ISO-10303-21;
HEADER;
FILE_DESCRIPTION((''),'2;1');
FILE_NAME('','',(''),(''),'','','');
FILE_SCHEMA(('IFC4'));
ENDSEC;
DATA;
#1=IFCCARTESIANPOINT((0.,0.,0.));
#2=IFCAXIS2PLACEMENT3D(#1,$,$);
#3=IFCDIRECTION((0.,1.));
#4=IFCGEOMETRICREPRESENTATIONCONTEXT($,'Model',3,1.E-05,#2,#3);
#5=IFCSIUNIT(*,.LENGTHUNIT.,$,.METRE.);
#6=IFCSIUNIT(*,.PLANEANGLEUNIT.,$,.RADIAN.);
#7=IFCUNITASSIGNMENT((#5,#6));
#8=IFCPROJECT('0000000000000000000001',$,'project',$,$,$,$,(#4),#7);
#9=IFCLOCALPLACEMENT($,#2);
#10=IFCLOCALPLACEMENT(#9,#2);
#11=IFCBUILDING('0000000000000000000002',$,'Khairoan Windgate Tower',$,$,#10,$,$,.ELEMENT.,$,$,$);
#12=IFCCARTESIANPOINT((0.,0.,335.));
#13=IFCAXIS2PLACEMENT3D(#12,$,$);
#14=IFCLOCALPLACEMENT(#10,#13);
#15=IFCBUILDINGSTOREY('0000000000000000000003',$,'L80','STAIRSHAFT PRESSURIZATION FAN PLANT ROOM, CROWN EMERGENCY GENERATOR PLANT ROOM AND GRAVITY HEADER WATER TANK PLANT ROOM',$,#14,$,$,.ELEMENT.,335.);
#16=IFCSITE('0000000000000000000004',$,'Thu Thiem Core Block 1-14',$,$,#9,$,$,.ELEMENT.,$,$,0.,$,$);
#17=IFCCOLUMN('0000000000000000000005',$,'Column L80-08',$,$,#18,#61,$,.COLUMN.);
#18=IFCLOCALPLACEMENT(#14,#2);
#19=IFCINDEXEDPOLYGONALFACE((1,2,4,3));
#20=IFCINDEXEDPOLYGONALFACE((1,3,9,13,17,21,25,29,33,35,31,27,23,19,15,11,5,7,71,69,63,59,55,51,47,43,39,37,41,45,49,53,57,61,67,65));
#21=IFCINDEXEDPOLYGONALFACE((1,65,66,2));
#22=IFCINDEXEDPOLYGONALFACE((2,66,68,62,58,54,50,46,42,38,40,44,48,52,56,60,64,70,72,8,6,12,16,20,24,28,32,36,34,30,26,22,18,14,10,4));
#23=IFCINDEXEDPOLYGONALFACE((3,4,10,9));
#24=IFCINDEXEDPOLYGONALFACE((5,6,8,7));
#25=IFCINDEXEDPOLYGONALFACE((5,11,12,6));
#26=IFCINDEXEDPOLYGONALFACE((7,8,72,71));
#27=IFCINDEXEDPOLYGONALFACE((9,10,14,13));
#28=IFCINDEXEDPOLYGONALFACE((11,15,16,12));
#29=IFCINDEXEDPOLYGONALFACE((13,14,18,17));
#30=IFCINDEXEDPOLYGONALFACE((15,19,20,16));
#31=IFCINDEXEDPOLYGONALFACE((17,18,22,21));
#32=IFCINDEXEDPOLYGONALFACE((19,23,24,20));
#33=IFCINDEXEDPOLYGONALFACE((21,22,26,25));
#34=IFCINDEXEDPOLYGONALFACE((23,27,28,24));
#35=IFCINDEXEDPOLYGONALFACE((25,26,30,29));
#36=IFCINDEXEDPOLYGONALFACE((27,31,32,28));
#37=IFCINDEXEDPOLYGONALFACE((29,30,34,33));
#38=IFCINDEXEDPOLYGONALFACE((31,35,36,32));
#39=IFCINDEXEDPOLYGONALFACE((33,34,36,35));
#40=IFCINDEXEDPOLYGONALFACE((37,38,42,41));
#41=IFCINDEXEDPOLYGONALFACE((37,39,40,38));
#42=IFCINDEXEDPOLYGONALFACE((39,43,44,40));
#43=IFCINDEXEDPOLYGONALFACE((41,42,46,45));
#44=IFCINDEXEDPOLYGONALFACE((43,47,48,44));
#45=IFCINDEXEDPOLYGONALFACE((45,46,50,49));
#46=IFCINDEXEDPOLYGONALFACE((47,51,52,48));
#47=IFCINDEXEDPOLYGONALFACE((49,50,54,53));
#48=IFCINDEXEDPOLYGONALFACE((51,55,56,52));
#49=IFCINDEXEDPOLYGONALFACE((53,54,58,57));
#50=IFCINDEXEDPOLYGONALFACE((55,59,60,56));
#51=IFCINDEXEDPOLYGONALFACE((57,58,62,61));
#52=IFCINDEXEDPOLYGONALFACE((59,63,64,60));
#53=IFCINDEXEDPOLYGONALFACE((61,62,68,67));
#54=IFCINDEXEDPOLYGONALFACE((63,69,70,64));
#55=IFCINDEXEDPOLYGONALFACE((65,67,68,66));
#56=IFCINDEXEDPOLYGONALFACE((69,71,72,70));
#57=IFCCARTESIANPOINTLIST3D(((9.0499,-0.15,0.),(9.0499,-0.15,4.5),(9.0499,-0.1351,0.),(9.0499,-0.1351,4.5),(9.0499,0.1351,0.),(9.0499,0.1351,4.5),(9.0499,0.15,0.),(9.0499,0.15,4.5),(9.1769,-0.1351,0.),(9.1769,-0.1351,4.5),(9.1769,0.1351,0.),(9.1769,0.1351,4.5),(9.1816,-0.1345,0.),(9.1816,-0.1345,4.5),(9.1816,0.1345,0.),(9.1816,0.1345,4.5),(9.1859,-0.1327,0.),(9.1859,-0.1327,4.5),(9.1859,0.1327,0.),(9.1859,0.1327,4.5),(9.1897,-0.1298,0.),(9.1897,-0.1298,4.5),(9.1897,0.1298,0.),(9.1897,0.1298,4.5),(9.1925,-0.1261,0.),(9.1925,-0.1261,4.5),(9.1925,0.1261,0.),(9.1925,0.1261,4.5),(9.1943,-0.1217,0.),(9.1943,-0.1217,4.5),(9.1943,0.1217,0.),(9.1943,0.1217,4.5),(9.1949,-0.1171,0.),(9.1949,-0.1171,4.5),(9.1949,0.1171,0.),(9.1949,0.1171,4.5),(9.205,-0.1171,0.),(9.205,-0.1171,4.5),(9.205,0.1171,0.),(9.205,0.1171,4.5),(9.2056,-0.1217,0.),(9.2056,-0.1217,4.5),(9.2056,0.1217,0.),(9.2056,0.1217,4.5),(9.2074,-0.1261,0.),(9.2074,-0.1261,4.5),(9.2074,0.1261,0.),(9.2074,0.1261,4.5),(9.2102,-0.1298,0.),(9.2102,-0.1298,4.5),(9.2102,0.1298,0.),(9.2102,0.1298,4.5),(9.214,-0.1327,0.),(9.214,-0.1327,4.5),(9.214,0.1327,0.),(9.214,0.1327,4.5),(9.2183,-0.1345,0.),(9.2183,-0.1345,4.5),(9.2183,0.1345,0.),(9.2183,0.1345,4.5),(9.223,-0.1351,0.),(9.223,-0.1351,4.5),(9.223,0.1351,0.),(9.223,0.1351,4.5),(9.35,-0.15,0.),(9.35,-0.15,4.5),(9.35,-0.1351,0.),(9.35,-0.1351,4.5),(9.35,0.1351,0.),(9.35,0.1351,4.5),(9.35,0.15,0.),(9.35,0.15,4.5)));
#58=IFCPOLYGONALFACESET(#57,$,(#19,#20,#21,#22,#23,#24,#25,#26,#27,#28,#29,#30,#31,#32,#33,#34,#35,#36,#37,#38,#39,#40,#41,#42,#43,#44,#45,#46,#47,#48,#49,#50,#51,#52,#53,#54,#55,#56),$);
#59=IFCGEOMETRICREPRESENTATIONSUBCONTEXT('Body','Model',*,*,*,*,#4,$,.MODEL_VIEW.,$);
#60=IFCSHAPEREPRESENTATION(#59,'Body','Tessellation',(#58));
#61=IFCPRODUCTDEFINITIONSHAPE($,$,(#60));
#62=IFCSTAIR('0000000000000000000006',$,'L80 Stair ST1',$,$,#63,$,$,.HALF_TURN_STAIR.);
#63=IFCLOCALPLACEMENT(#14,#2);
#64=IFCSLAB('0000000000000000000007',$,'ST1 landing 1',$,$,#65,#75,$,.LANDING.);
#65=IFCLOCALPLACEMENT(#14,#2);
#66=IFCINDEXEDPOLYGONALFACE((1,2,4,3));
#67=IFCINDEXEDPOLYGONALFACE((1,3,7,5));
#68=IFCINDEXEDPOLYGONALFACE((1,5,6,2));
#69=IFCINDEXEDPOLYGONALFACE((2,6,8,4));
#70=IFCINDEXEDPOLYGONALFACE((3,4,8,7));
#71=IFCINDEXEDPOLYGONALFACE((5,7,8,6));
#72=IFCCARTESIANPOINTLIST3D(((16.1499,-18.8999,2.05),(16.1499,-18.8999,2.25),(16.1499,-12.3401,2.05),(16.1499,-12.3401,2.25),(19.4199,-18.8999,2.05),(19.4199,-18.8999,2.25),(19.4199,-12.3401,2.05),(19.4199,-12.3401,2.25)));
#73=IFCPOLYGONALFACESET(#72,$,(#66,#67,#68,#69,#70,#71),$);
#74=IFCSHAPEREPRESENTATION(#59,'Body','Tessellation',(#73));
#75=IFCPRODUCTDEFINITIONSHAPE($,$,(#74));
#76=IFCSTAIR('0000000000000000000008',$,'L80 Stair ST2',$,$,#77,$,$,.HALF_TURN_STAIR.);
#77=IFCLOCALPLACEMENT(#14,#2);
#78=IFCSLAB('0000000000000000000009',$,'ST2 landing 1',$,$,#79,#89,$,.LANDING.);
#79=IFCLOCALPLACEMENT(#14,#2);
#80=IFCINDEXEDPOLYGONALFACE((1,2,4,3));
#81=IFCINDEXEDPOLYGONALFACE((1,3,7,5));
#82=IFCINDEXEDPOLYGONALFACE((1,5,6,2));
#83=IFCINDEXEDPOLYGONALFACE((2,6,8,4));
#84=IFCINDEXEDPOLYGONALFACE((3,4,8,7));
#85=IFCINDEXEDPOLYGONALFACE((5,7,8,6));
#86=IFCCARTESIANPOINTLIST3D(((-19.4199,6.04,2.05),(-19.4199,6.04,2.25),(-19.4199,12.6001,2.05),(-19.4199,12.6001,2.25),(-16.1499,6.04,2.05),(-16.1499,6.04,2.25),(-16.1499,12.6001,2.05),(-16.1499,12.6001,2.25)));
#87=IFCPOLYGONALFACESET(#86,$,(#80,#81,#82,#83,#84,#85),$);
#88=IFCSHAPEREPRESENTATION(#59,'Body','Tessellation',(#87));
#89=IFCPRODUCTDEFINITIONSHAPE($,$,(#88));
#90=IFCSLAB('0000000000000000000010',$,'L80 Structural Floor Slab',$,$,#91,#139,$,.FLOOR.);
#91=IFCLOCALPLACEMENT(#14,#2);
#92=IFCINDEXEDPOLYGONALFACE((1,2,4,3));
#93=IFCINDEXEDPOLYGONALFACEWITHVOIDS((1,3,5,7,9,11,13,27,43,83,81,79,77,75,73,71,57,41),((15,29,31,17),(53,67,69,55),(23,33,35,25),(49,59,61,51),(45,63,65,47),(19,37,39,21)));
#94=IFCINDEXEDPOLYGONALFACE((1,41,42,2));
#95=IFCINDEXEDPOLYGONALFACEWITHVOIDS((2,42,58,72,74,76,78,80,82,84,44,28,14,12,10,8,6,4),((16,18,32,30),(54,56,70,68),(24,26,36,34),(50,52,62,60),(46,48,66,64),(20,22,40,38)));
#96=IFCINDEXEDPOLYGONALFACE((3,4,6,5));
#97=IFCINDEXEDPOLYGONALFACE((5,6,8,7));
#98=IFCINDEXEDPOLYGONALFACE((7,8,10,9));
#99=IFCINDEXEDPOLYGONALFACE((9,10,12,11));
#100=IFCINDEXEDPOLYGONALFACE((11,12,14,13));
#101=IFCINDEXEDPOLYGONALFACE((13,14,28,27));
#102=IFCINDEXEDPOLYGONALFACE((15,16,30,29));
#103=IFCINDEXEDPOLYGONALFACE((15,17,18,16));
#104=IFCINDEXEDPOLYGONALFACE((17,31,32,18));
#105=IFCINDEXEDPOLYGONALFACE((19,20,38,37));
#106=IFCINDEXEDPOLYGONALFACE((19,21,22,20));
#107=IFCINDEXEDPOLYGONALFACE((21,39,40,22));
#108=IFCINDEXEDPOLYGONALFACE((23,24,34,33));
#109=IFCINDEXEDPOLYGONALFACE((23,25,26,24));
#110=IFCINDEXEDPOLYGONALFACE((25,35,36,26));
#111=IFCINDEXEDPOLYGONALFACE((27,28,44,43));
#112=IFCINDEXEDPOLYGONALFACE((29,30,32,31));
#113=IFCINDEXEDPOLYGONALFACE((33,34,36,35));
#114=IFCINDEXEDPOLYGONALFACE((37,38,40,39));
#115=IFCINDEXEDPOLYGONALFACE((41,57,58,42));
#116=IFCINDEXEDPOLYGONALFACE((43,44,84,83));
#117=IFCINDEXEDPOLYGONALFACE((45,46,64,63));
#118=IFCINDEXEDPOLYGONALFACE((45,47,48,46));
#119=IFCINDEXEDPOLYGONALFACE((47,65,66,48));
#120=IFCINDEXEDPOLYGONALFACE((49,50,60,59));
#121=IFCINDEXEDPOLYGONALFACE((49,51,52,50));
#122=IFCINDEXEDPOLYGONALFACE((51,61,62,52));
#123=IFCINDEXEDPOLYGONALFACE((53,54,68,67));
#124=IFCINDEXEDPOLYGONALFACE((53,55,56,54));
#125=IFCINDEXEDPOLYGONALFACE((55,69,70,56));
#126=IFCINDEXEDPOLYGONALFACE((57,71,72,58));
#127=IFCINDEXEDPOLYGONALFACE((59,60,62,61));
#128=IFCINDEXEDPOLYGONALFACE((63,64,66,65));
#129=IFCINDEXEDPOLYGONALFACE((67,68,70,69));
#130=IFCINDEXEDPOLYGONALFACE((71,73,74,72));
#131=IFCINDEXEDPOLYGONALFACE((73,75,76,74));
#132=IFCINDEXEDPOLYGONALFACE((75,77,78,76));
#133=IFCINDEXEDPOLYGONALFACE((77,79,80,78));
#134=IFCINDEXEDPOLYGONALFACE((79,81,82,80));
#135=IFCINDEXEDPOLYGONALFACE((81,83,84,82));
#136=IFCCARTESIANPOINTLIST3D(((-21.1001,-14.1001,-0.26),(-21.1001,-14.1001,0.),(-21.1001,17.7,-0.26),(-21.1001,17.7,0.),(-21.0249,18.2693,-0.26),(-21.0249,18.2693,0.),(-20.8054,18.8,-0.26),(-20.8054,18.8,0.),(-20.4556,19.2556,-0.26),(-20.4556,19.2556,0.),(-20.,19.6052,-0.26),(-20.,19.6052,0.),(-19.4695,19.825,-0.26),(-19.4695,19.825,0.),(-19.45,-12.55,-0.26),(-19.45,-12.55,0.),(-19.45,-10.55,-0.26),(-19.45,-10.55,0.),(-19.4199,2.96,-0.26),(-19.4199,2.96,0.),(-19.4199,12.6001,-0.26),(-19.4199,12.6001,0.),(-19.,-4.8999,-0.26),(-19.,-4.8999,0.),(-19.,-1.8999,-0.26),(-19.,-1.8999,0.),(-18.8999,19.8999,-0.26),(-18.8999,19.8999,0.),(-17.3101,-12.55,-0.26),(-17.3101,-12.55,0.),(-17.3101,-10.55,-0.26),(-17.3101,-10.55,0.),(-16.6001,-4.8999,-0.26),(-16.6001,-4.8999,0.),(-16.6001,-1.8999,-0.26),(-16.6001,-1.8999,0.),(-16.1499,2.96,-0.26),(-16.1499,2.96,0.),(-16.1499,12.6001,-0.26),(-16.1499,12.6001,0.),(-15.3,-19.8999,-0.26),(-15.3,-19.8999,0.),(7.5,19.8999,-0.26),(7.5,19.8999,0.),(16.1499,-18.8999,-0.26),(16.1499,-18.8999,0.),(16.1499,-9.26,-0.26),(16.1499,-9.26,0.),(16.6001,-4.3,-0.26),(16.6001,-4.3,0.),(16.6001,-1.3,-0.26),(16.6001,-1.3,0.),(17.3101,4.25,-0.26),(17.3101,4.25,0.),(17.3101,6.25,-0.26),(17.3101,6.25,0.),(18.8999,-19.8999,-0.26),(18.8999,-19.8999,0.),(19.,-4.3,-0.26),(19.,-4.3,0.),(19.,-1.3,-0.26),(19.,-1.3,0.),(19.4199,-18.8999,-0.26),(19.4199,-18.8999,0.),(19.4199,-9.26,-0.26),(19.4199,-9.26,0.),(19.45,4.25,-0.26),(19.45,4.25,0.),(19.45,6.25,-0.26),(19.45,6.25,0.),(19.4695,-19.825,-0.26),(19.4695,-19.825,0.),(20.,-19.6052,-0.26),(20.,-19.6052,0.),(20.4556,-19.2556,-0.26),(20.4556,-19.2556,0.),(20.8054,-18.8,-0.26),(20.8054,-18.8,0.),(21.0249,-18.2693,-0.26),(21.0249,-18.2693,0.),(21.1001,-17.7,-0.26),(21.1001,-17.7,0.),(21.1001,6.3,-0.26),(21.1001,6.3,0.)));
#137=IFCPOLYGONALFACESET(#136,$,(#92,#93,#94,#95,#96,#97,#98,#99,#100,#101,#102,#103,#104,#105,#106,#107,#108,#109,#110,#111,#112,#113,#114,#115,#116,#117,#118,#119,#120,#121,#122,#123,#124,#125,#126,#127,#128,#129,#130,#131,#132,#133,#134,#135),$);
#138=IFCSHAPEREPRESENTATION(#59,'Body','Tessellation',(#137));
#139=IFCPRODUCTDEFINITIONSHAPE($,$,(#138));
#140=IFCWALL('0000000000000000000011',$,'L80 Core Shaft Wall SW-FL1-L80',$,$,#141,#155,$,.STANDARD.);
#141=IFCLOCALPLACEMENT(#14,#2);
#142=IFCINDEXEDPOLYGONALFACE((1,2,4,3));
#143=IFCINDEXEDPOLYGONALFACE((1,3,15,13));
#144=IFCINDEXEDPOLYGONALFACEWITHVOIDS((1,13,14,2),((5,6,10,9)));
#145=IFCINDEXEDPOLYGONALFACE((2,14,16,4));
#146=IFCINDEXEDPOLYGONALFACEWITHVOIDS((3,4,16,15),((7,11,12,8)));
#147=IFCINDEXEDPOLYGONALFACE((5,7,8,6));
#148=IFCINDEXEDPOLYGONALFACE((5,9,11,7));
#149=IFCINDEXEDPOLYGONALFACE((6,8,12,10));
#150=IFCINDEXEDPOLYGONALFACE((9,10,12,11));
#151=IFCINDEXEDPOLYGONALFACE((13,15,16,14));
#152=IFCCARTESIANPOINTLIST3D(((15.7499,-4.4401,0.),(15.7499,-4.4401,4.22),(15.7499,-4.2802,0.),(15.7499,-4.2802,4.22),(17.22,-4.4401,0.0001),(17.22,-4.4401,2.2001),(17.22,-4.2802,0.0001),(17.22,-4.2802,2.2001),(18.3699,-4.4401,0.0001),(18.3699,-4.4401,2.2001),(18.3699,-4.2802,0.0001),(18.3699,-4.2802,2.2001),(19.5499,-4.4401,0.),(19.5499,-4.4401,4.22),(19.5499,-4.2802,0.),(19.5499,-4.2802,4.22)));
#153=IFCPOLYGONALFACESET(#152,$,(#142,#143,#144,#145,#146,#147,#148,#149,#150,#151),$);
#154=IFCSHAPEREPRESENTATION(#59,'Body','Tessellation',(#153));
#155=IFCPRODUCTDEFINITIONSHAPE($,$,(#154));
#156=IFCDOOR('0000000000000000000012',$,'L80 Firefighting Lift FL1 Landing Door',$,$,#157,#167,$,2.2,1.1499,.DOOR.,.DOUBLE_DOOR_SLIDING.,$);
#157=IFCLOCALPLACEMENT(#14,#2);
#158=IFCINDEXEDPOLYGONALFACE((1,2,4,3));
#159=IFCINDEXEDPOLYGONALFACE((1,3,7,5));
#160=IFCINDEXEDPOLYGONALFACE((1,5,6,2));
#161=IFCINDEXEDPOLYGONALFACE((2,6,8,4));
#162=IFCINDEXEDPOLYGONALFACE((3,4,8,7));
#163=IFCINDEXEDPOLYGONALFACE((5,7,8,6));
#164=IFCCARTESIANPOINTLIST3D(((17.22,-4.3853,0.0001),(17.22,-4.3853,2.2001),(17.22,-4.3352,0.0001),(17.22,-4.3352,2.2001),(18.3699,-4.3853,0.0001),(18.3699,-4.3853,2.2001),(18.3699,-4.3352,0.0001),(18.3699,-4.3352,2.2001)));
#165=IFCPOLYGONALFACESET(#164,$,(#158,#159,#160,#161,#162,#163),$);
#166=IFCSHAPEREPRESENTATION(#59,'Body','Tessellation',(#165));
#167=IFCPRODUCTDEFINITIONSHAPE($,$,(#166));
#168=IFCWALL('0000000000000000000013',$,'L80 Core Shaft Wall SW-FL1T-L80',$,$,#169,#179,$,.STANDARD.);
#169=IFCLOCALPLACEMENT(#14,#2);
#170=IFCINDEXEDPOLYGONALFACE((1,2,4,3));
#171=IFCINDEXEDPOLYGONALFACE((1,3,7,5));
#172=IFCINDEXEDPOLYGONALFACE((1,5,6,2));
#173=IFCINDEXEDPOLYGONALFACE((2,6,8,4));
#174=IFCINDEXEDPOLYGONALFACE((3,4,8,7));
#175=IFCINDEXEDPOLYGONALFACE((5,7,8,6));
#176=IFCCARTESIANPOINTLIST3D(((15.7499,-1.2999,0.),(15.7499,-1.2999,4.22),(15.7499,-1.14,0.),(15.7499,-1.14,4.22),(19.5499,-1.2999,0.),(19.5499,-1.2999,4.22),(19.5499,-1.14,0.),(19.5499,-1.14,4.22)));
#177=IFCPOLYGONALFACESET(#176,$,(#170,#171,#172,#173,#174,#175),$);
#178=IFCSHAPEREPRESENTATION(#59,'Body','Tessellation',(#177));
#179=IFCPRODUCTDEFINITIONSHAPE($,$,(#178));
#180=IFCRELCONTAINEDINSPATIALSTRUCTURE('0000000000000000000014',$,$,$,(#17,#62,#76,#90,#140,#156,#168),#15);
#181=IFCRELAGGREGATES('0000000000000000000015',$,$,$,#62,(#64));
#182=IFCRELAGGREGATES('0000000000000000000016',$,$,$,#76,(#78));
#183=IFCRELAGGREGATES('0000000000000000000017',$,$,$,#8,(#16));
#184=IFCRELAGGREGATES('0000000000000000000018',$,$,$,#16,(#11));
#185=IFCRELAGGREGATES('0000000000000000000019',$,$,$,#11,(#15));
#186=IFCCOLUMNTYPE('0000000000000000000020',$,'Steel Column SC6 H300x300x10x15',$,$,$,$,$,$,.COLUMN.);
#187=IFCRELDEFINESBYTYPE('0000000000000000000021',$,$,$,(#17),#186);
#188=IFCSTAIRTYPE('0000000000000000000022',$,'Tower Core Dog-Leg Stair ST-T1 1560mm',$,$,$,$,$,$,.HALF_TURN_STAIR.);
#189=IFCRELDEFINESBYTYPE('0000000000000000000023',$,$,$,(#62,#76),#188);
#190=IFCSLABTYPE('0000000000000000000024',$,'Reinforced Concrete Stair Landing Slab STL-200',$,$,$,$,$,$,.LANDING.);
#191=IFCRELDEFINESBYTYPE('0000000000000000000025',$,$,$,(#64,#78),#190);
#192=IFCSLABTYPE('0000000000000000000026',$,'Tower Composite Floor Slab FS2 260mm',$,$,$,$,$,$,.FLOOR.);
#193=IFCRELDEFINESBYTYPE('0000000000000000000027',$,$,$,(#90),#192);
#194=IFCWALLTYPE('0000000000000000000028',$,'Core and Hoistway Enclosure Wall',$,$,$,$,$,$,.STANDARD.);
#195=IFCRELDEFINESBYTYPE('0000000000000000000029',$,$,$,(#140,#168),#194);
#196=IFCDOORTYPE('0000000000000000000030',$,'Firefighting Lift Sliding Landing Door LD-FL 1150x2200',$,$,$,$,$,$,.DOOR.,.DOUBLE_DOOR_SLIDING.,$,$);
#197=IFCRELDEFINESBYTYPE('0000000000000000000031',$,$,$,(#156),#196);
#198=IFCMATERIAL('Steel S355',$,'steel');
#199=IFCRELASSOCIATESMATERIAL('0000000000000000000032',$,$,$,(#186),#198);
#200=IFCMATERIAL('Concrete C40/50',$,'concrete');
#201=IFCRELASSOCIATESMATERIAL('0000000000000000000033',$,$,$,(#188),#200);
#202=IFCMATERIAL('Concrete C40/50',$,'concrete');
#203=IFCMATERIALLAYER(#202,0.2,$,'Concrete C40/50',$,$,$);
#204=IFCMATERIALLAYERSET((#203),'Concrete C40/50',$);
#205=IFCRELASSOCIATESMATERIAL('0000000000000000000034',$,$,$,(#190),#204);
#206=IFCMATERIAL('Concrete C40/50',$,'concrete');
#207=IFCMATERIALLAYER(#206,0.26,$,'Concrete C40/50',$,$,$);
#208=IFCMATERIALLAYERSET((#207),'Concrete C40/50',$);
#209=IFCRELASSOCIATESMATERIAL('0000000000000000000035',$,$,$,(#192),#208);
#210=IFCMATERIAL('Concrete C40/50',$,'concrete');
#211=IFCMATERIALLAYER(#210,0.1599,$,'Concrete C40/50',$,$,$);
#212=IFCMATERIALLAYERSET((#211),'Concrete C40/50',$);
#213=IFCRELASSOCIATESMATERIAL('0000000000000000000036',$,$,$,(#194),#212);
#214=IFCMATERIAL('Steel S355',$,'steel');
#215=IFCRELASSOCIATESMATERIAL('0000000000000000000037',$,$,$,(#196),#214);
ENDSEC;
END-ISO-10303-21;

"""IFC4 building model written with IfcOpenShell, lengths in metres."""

from ifc_helpers import new_model, si_unit, direction, frame, frame_2d, origin, origin_2d, place, context, subcontext, project, spatial, polyline, rectangle, i_section, outline, extrude, material, layer, layer_set, material_profile, profile_set, type_object, element, fill, aggregate, save


model = new_model("IFC4")

# Units and contexts
model_context = context("Model", 3, precision=1e-05, world=origin(), true_north=direction((0.0, 1.0)))
body_context = subcontext(model_context, "Body", "Model", "MODEL_VIEW")
ifc_project = project(units=[si_unit("LENGTHUNIT", "METRE"), si_unit("PLANEANGLEUNIT", "RADIAN")], contexts=[model_context])

# Site, building, storey
site_placement = place(None, origin())
site = spatial("IfcSite", under=ifc_project, at=site_placement, Name="Thu Thiem Core Block 1-14", CompositionType="ELEMENT", RefElevation=0.0)
building_placement = place(site_placement, origin())
building = spatial("IfcBuilding", under=site, at=building_placement, Name="Khairoan Windgate Tower", CompositionType="ELEMENT")
storey_placement = place(building_placement, frame((0.0, 0.0, 335.0)))
storey = spatial("IfcBuildingStorey", under=building, at=storey_placement, Name="L80", Description="STAIRSHAFT PRESSURIZATION FAN PLANT ROOM, CROWN EMERGENCY GENERATOR PLANT ROOM AND GRAVITY HEADER WATER TANK PLANT ROOM", CompositionType="ELEMENT", Elevation=335.0)

# Column
ifc_material_1 = material(Name="Steel S355", Category="steel")
ifc_material_profile = material_profile(ifc_material_1, i_section(OverallWidth=0.3, OverallDepth=0.3, WebThickness=0.01, FlangeThickness=0.0149, FilletRadius=0.0181, at=origin_2d()))
ifc_profile_set = profile_set([ifc_material_profile], Name="Steel S355")
column_type = type_object("IfcColumnType", Name="Steel Column SC6 H300x300x10x15", PredefinedType="COLUMN", material=ifc_profile_set)
column_placement = place(storey_placement, frame((9.2, 0.0, 0.0), z_axis=(0.0, 0.0, 1.0), x_axis=(1.0, 0.0, 0.0)))
element("IfcColumn", 1, at=column_placement, inside=storey, type_object=column_type, Name="Column L80-08", PredefinedType="COLUMN", context=body_context, shape_type="SweptSolid", body=[
    extrude(i_section(OverallWidth=0.3, OverallDepth=0.3, WebThickness=0.01, FlangeThickness=0.0149, FilletRadius=0.0181, at=origin_2d()), origin(), (0.0, 0.0, 1.0), 4.5),
])

# Stairs, slabs
ifc_material_2 = material(Name="Concrete C40/50", Category="concrete")
stair_type = type_object("IfcStairType", Name="Tower Core Dog-Leg Stair ST-T1 1560mm", PredefinedType="HALF_TURN_STAIR", material=ifc_material_2)
stair_1_placement = place(storey_placement, origin())
stair_1 = element("IfcStair", 2, at=stair_1_placement, inside=storey, type_object=stair_type, Name="L80 Stair ST1", PredefinedType="HALF_TURN_STAIR")
ifc_material_3 = material(Name="Concrete C40/50", Category="concrete")
ifc_layer_1 = layer(ifc_material_3, 0.2, Name="Concrete C40/50")
ifc_layer_set_1 = layer_set([ifc_layer_1], Name="Concrete C40/50")
slab_type_1 = type_object("IfcSlabType", Name="Reinforced Concrete Stair Landing Slab STL-200", PredefinedType="LANDING", material=ifc_layer_set_1)
slab_1_placement = place(storey_placement, frame((0.0, 0.0, 2.05)))
slab_1 = element("IfcSlab", 3, at=slab_1_placement, type_object=slab_type_1, Name="ST1 landing 1", PredefinedType="LANDING", context=body_context, shape_type="SweptSolid", body=[
    extrude(outline(polyline([(16.1499, -12.3401), (16.1499, -18.8999), (19.4199, -18.8999), (19.4199, -12.3401), (16.1499, -12.3401)])), origin(), (0.0, 0.0, 1.0), 0.2),
])
aggregate(stair_1, [slab_1])
stair_2_placement = place(storey_placement, origin())
stair_2 = element("IfcStair", 4, at=stair_2_placement, inside=storey, type_object=stair_type, Name="L80 Stair ST2", PredefinedType="HALF_TURN_STAIR")
slab_2_placement = place(storey_placement, frame((0.0, 0.0, 2.05)))
slab_2 = element("IfcSlab", 5, at=slab_2_placement, type_object=slab_type_1, Name="ST2 landing 1", PredefinedType="LANDING", context=body_context, shape_type="SweptSolid", body=[
    extrude(outline(polyline([(-16.1499, 6.04), (-16.1499, 12.6001), (-19.4199, 12.6001), (-19.4199, 6.04), (-16.1499, 6.04)])), origin(), (0.0, 0.0, 1.0), 0.2),
])
aggregate(stair_2, [slab_2])

# Slab
ifc_material_4 = material(Name="Concrete C40/50", Category="concrete")
ifc_layer_2 = layer(ifc_material_4, 0.26, Name="Concrete C40/50")
ifc_layer_set_2 = layer_set([ifc_layer_2], Name="Concrete C40/50")
slab_type_2 = type_object("IfcSlabType", Name="Tower Composite Floor Slab FS2 260mm", PredefinedType="FLOOR", material=ifc_layer_set_2)
slab_3_placement = place(storey_placement, frame((0.0, 0.0, -0.26)))
element("IfcSlab", 6, at=slab_3_placement, inside=storey, type_object=slab_type_2, Name="L80 Structural Floor Slab", PredefinedType="FLOOR", context=body_context, shape_type="SweptSolid", body=[
    extrude(outline(polyline([(18.8999, -19.8999), (19.4695, -19.825), (20.0, -19.6052), (20.4556, -19.2556), (20.8054, -18.8), (21.0249, -18.2693), (21.1001, -17.7), (21.1001, 6.3), (7.5, 19.8999), (-18.8999, 19.8999), (-19.4695, 19.825), (-20.0, 19.6052), (-20.4556, 19.2556), (-20.8054, 18.8), (-21.0249, 18.2693), (-21.1001, 17.7), (-21.1001, -14.1001), (-15.3, -19.8999), (18.8999, -19.8999)]), holes=[polyline([(16.1499, -9.26), (16.1499, -18.8999), (19.4199, -18.8999), (19.4199, -9.26), (16.1499, -9.26)]), polyline([(-16.1499, 2.96), (-16.1499, 12.6001), (-19.4199, 12.6001), (-19.4199, 2.96), (-16.1499, 2.96)]), polyline([(16.6001, -4.3), (19.0, -4.3), (19.0, -1.3), (16.6001, -1.3), (16.6001, -4.3)]), polyline([(-19.0, -4.8999), (-16.6001, -4.8999), (-16.6001, -1.8999), (-19.0, -1.8999), (-19.0, -4.8999)]), polyline([(-19.45, -12.55), (-17.3101, -12.55), (-17.3101, -10.55), (-19.45, -10.55), (-19.45, -12.55)]), polyline([(17.3101, 4.25), (19.45, 4.25), (19.45, 6.25), (17.3101, 6.25), (17.3101, 4.25)])]), origin(), (0.0, 0.0, 1.0), 0.26),
])

# Wall, opening, door
ifc_material_5 = material(Name="Concrete C40/50", Category="concrete")
ifc_layer_3 = layer(ifc_material_5, 0.1599, Name="Concrete C40/50")
ifc_layer_set_3 = layer_set([ifc_layer_3], Name="Concrete C40/50")
wall_type_1 = type_object("IfcWallType", Name="Core and Hoistway Enclosure Wall", PredefinedType="STANDARD", material=ifc_layer_set_3)
wall_1_placement = place(storey_placement, frame((15.75, -4.3601, 0.0), z_axis=(0.0, 0.0, 1.0), x_axis=(1.0, 0.0, 0.0)))
wall_1 = element("IfcWall", 7, at=wall_1_placement, inside=storey, type_object=wall_type_1, Name="L80 Core Shaft Wall SW-FL1-L80", PredefinedType="STANDARD", context=body_context, shape_type="SweptSolid", body=[
    extrude(rectangle(XDim=3.8, YDim=0.1599, at=frame_2d((1.8999, 0.0))), origin(), (0.0, 0.0, 1.0), 4.22),
])
opening_1_placement = place(wall_1_placement, frame((1.47, 0.0, 0.0)))
opening_1 = element("IfcOpeningElement", 8, at=opening_1_placement, cuts=wall_1, PredefinedType="OPENING", context=body_context, shape_type="SweptSolid", body=[
    extrude(rectangle(XDim=1.1499, YDim=2.2, at=frame_2d((0.575, 1.1001))), frame((0.0, 0.0898, 0.0), z_axis=(0.0, -1.0, 0.0), x_axis=(1.0, 0.0, 0.0)), (0.0, 0.0, 1.0), 0.1799),
])
ifc_material_6 = material(Name="Steel S355", Category="steel")
door_type_1 = type_object("IfcDoorType", Name="Firefighting Lift Sliding Landing Door LD-FL 1150x2200", OperationType="DOUBLE_DOOR_SLIDING", PredefinedType="DOOR", material=ifc_material_6)
door_1_placement = place(opening_1_placement, origin())
door_1 = element("IfcDoor", 9, at=door_1_placement, inside=storey, type_object=door_type_1, Name="L80 Firefighting Lift FL1 Landing Door", OperationType="DOUBLE_DOOR_SLIDING", OverallHeight=2.2, OverallWidth=1.1499, PredefinedType="DOOR", context=body_context, shape_type="SweptSolid", body=[
    extrude(rectangle(XDim=1.1499, YDim=2.2, at=frame_2d((0.575, 1.1001))), frame((0.0, 0.0249, 0.0), z_axis=(0.0, -1.0, 0.0), x_axis=(1.0, 0.0, 0.0)), (0.0, 0.0, 1.0), 0.05),
])
fill(opening_1, door_1)

# Wall
wall_2_placement = place(storey_placement, frame((15.75, -1.22, 0.0), z_axis=(0.0, 0.0, 1.0), x_axis=(1.0, 0.0, 0.0)))
element("IfcWall", 10, at=wall_2_placement, inside=storey, type_object=wall_type_1, Name="L80 Core Shaft Wall SW-FL1T-L80", PredefinedType="STANDARD", context=body_context, shape_type="SweptSolid", body=[
    extrude(rectangle(XDim=3.8, YDim=0.1599, at=frame_2d((1.8999, 0.0))), origin(), (0.0, 0.0, 1.0), 4.22),
])

save(model, "model.ifc")
